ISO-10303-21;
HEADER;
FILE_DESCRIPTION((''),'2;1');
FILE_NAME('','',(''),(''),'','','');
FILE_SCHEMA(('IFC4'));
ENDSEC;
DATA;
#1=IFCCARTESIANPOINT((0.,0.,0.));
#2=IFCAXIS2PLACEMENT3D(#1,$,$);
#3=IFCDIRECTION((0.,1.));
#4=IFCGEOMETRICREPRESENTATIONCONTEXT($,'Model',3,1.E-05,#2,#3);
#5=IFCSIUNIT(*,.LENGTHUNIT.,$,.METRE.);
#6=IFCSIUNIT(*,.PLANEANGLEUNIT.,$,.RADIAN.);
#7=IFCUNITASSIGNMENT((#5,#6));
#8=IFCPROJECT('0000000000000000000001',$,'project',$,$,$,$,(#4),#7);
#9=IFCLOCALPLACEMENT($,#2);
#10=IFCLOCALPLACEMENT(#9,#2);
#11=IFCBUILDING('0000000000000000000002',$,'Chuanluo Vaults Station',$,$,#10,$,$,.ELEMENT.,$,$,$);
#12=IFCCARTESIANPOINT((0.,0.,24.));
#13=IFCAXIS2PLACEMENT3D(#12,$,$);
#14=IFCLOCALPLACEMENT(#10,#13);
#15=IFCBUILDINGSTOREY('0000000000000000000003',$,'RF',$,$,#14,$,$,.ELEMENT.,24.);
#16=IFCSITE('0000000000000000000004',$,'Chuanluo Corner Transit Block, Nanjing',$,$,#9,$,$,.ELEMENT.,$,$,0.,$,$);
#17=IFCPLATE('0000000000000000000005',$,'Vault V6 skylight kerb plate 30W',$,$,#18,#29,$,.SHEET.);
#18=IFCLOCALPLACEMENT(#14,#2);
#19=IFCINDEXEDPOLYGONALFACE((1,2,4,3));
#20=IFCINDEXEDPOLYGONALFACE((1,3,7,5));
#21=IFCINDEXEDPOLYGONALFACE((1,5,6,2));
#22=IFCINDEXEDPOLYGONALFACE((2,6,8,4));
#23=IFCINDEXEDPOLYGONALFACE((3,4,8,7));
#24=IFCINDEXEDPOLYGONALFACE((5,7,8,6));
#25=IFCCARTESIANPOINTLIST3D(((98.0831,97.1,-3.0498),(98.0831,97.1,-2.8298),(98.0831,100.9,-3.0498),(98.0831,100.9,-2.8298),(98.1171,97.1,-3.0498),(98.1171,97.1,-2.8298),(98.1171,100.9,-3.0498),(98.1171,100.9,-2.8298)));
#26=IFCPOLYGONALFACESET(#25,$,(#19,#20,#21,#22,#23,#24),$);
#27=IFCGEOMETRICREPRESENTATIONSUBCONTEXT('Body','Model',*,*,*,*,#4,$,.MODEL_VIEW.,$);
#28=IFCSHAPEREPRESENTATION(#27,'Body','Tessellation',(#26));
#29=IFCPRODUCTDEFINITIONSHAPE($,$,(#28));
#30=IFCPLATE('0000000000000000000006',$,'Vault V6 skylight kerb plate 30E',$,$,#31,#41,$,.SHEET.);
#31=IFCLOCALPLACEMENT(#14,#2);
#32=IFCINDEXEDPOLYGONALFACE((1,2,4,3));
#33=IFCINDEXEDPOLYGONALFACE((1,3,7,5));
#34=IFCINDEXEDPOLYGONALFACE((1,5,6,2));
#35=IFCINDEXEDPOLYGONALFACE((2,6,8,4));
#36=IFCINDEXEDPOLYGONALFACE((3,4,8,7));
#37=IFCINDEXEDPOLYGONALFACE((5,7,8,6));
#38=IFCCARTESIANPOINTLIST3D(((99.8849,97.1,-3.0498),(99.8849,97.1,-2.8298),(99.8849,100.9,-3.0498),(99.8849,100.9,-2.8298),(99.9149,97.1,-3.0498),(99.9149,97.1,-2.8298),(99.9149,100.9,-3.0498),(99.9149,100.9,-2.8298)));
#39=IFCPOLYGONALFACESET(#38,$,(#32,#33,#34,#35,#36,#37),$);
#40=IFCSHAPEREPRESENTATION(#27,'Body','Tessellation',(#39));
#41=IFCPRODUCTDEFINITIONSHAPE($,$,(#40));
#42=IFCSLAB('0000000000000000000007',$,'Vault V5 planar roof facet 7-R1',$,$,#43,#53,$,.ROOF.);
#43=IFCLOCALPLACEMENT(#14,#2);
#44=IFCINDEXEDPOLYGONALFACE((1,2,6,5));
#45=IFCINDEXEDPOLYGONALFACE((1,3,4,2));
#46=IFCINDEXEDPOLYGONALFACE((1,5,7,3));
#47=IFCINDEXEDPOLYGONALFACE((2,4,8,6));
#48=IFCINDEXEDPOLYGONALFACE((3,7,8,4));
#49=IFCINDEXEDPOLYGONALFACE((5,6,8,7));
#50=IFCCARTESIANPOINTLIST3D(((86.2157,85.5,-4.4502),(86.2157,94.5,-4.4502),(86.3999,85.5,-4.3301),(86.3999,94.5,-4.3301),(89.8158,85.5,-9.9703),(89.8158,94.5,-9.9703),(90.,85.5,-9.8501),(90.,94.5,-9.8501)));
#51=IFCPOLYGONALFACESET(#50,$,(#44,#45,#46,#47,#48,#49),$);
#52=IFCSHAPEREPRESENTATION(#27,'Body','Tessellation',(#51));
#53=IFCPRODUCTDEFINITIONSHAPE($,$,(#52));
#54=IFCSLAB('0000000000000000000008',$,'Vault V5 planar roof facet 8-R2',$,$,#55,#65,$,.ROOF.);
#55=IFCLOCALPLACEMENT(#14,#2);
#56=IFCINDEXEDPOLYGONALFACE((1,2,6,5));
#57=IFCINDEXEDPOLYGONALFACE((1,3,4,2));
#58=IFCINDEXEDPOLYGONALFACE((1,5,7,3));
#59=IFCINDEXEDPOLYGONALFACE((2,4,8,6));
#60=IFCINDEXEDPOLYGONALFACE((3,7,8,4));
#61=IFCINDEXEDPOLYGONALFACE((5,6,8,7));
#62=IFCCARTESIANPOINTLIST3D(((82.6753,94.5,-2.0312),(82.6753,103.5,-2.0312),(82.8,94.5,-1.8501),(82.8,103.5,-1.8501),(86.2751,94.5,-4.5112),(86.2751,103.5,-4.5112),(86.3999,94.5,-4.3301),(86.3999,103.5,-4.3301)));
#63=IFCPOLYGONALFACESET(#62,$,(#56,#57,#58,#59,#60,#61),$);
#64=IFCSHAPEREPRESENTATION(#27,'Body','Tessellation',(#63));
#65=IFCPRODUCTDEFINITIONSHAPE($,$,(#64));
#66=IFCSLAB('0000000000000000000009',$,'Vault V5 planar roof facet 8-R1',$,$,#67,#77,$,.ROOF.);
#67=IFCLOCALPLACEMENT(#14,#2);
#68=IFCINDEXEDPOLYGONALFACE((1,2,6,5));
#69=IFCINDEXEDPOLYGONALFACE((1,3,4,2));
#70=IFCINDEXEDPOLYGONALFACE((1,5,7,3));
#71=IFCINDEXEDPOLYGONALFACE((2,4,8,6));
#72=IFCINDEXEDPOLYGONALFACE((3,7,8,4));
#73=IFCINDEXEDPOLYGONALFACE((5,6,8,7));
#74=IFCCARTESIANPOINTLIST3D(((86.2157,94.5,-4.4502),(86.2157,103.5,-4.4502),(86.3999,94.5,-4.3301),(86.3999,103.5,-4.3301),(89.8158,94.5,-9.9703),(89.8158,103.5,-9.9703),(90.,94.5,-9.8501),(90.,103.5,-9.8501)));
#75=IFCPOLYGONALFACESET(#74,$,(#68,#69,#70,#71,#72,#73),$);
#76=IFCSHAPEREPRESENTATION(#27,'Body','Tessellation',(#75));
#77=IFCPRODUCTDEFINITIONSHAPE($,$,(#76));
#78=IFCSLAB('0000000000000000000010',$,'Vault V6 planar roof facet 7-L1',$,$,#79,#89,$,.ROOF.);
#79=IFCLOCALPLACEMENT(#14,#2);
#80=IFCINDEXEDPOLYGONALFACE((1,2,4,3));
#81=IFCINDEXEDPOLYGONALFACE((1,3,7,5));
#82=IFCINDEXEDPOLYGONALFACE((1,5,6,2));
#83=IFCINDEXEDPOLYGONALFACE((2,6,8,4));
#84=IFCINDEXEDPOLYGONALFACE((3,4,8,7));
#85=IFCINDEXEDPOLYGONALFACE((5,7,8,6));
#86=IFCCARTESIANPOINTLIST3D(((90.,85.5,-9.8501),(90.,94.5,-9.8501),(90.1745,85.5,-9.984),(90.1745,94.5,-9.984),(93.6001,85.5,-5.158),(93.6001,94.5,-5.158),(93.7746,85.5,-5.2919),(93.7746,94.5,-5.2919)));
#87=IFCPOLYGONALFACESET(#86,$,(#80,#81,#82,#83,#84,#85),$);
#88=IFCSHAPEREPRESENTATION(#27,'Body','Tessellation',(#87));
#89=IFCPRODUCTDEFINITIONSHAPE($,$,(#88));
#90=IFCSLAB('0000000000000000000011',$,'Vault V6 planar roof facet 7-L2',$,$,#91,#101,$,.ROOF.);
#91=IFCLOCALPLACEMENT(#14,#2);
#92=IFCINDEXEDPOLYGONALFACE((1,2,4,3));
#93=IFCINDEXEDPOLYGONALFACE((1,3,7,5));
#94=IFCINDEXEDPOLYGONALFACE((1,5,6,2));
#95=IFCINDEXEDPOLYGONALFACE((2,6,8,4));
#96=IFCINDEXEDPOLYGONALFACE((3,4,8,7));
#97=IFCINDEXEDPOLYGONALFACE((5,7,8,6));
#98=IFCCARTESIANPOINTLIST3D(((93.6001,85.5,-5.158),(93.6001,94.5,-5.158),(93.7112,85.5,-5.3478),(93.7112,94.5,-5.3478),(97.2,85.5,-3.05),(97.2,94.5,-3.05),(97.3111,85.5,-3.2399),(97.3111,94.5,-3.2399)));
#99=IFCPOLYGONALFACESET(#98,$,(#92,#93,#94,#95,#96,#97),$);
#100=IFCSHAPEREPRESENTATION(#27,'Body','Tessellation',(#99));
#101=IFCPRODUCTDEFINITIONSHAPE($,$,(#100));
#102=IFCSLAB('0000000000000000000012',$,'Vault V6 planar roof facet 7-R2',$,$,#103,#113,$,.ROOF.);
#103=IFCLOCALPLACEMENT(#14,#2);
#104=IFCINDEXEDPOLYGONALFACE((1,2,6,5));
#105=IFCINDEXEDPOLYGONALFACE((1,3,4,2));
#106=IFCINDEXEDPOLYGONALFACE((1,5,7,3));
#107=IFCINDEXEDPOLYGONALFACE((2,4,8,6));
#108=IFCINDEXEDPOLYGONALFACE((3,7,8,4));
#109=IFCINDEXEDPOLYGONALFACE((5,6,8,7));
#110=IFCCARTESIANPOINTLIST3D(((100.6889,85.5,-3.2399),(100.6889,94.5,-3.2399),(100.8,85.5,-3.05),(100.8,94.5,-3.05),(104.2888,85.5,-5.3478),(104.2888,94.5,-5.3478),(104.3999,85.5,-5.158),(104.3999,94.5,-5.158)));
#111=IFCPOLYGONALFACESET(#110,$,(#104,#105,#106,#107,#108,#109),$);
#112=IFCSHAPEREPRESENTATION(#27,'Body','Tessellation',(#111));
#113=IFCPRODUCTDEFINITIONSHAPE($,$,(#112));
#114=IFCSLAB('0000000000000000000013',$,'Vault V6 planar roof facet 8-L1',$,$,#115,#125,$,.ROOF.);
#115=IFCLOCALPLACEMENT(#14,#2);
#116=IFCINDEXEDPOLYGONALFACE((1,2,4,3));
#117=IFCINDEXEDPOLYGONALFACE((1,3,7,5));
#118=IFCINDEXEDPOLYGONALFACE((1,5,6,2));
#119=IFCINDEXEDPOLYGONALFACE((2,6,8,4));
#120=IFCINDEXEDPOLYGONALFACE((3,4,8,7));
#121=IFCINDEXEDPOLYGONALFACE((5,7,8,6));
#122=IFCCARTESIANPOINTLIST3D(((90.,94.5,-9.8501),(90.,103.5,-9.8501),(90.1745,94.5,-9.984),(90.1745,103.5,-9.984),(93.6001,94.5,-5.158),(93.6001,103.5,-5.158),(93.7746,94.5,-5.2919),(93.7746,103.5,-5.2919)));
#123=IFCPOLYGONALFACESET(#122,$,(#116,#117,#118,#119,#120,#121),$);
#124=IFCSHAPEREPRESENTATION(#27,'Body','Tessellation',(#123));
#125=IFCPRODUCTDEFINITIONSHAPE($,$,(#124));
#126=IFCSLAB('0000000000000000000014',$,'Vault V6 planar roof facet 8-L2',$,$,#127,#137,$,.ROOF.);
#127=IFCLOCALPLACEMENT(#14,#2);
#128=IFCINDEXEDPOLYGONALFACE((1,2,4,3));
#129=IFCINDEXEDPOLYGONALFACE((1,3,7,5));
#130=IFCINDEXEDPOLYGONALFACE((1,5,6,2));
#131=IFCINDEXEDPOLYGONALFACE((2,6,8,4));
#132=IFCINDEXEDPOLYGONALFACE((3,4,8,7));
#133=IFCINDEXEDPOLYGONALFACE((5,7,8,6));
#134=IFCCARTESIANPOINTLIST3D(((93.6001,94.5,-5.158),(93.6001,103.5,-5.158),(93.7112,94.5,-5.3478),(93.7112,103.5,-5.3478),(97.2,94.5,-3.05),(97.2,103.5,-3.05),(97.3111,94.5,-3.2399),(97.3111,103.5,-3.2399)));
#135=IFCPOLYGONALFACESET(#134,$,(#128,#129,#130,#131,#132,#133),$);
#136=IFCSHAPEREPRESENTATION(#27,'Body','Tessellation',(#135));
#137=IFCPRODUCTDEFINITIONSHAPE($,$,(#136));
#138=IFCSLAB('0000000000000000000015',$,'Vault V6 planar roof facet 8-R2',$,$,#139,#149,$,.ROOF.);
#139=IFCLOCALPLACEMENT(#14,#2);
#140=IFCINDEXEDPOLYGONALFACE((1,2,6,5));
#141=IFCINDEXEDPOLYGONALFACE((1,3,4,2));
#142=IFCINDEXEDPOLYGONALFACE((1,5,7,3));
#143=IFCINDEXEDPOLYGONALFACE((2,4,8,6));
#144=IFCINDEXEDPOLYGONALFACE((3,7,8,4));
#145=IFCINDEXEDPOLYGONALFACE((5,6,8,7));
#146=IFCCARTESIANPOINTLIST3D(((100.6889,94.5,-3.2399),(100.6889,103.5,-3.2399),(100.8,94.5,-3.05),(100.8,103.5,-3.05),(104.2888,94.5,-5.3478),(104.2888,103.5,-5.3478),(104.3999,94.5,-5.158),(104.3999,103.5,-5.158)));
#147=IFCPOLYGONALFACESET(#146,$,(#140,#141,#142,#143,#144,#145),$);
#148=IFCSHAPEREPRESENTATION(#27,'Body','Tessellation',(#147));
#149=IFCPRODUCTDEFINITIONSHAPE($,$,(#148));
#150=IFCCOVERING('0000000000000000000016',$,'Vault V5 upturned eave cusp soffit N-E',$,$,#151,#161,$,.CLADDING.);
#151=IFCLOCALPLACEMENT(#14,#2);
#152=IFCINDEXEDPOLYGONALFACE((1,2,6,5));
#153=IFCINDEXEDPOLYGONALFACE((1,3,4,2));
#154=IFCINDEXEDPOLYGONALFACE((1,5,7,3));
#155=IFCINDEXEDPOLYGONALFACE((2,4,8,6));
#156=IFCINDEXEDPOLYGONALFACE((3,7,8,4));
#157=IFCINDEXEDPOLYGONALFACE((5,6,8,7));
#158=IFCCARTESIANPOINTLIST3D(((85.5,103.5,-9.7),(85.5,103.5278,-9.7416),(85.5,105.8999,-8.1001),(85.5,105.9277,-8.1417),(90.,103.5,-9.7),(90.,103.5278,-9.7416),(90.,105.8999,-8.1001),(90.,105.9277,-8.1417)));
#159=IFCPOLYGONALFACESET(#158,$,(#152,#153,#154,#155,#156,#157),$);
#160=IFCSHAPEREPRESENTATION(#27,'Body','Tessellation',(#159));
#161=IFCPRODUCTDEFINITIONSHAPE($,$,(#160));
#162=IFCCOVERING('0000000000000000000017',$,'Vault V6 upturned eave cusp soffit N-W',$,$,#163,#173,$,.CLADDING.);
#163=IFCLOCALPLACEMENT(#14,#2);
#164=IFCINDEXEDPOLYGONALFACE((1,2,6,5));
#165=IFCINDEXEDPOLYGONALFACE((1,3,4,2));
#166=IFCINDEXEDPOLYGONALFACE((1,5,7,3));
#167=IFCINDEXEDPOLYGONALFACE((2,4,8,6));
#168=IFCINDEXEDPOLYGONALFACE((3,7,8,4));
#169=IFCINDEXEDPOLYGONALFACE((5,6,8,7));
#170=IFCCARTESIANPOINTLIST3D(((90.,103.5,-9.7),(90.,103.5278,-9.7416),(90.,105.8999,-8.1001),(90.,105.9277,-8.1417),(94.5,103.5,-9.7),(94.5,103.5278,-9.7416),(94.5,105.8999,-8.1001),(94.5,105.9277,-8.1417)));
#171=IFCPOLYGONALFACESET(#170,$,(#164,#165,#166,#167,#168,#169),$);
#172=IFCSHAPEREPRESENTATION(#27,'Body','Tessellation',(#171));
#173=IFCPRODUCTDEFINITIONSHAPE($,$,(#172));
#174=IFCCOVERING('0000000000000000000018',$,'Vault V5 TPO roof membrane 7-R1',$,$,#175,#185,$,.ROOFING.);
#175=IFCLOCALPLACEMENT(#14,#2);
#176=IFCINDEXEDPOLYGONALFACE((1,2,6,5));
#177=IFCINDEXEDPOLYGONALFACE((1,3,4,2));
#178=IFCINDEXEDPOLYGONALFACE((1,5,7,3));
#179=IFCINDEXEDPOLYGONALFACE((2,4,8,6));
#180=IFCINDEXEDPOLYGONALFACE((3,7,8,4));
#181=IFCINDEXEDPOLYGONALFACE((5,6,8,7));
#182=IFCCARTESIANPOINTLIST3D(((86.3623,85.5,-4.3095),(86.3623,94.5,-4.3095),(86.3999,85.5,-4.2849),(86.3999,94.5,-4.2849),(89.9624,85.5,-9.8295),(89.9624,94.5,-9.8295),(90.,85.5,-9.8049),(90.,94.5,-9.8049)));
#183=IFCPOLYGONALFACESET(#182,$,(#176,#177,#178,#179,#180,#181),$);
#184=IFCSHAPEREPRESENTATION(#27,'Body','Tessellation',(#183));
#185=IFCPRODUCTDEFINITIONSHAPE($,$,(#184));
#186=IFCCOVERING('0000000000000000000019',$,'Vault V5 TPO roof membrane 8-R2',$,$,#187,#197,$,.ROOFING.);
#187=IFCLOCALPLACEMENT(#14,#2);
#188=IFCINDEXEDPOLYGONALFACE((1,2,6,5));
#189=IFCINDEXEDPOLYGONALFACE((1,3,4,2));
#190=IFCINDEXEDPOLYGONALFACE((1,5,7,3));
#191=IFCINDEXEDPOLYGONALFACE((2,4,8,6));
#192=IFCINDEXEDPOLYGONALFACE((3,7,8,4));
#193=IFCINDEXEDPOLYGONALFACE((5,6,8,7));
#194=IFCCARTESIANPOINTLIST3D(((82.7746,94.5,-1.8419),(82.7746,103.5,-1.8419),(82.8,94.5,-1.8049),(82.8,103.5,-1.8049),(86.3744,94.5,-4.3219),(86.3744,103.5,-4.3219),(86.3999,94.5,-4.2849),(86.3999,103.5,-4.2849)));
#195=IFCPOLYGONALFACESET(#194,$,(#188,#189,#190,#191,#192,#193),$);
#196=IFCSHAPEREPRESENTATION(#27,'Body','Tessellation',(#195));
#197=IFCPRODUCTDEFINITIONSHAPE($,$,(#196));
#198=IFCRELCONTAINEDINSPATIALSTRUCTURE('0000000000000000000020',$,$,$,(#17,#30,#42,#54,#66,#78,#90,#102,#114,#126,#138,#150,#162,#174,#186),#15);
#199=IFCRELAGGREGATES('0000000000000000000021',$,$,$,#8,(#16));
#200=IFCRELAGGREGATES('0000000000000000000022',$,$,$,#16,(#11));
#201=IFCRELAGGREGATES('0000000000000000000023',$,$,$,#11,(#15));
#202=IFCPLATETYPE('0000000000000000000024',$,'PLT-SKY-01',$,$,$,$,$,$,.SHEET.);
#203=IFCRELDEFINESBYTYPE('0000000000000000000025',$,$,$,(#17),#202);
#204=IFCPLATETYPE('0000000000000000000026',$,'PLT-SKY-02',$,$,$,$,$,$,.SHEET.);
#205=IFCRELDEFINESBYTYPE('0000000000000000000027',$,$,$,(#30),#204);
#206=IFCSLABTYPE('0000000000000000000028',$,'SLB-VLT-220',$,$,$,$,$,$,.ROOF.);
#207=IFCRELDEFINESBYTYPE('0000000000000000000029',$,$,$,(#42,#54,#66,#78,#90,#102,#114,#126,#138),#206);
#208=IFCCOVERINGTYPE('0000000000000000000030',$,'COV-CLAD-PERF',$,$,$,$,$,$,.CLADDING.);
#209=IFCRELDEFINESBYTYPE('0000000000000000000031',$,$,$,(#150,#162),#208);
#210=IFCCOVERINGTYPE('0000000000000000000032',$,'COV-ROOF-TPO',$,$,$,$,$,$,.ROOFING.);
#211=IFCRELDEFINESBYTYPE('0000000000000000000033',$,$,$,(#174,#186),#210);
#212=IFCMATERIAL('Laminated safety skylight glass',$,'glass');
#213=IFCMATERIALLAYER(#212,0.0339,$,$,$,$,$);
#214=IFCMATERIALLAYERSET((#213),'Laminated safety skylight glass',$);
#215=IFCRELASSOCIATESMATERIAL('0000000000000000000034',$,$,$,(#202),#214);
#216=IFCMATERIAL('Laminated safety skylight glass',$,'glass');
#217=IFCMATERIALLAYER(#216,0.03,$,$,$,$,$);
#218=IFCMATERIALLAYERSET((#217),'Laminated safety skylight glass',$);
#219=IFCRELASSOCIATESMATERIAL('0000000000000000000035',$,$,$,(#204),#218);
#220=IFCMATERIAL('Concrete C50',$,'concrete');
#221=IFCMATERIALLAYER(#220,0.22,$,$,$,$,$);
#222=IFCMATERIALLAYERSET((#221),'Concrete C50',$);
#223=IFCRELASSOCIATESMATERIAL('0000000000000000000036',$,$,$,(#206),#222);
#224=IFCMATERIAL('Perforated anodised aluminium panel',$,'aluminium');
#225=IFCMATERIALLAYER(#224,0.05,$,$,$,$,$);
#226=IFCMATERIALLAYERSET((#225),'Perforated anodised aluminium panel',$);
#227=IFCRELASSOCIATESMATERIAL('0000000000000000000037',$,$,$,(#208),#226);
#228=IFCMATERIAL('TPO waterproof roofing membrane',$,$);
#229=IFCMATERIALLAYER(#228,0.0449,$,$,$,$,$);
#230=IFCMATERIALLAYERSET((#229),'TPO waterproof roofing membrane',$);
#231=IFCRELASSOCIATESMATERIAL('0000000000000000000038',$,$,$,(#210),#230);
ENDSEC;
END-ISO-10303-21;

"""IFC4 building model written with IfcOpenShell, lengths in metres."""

from ifc_helpers import new_model, si_unit, direction, frame, origin, origin_2d, place, context, subcontext, project, spatial, polyline, rectangle, outline, extrude, material, layer, layer_set, type_object, element, save


model = new_model("IFC4")

# Units and contexts
model_context = context("Model", 3, precision=1e-05, world=origin(), true_north=direction((0.0, 1.0)))
body_context = subcontext(model_context, "Body", "Model", "MODEL_VIEW")
ifc_project = project(units=[si_unit("LENGTHUNIT", "METRE"), si_unit("PLANEANGLEUNIT", "RADIAN")], contexts=[model_context])

# Site, building, storey
site_placement = place(None, origin())
site = spatial("IfcSite", under=ifc_project, at=site_placement, Name="Chuanluo Corner Transit Block, Nanjing", CompositionType="ELEMENT", RefElevation=0.0)
building_placement = place(site_placement, origin())
building = spatial("IfcBuilding", under=site, at=building_placement, Name="Chuanluo Vaults Station", CompositionType="ELEMENT")
storey_placement = place(building_placement, frame((0.0, 0.0, 24.0)))
storey = spatial("IfcBuildingStorey", under=building, at=storey_placement, Name="RF", CompositionType="ELEMENT", Elevation=24.0)

# Plates
ifc_material_1 = material(Name="Laminated safety skylight glass", Category="glass")
ifc_layer_1 = layer(ifc_material_1, 0.0339)
ifc_layer_set_1 = layer_set([ifc_layer_1], Name="Laminated safety skylight glass")
plate_type_1 = type_object("IfcPlateType", Name="PLT-SKY-01", PredefinedType="SHEET", material=ifc_layer_set_1)
plate_1_placement = place(storey_placement, frame((98.1001, 99.0, -3.0498), z_axis=(0.0, 0.0, 1.0), x_axis=(1.0, 0.0, 0.0)))
element("IfcPlate", 1, at=plate_1_placement, inside=storey, type_object=plate_type_1, Name="Vault V6 skylight kerb plate 30W", PredefinedType="SHEET", context=body_context, shape_type="SweptSolid", body=[
    extrude(rectangle(XDim=0.0339, YDim=3.8, at=origin_2d()), origin(), (0.0, 0.0, 1.0), 0.22),
])
ifc_material_2 = material(Name="Laminated safety skylight glass", Category="glass")
ifc_layer_2 = layer(ifc_material_2, 0.03)
ifc_layer_set_2 = layer_set([ifc_layer_2], Name="Laminated safety skylight glass")
plate_type_2 = type_object("IfcPlateType", Name="PLT-SKY-02", PredefinedType="SHEET", material=ifc_layer_set_2)
plate_2_placement = place(storey_placement, frame((99.8999, 99.0, -3.0498), z_axis=(0.0, 0.0, 1.0), x_axis=(1.0, 0.0, 0.0)))
element("IfcPlate", 2, at=plate_2_placement, inside=storey, type_object=plate_type_2, Name="Vault V6 skylight kerb plate 30E", PredefinedType="SHEET", context=body_context, shape_type="SweptSolid", body=[
    extrude(rectangle(XDim=0.03, YDim=3.8, at=origin_2d()), origin(), (0.0, 0.0, 1.0), 0.22),
])

# Slabs
ifc_material_3 = material(Name="Concrete C50", Category="concrete")
ifc_layer_3 = layer(ifc_material_3, 0.22)
ifc_layer_set_3 = layer_set([ifc_layer_3], Name="Concrete C50")
slab_type = type_object("IfcSlabType", Name="SLB-VLT-220", PredefinedType="ROOF", material=ifc_layer_set_3)
slab_1_placement = place(storey_placement, frame((86.3999, 85.5, -4.3301), z_axis=(0.837605, 0.0, 0.546277), x_axis=(0.546277, 0.0, -0.837605)))
element("IfcSlab", 3, at=slab_1_placement, inside=storey, type_object=slab_type, Name="Vault V5 planar roof facet 7-R1", PredefinedType="ROOF", context=body_context, shape_type="SweptSolid", body=[
    extrude(outline(polyline([(0.0, 0.0), (6.5902, 0.0), (6.5902, 9.0), (0.0, 9.0), (0.0, 0.0)])), origin(), (0.0, 0.0, -1.0), 0.22),
])
slab_2_placement = place(storey_placement, frame((82.8, 94.5, -1.8501), z_axis=(0.567318, 0.0, 0.823499), x_axis=(0.823499, 0.0, -0.567318)))
element("IfcSlab", 4, at=slab_2_placement, inside=storey, type_object=slab_type, Name="Vault V5 planar roof facet 8-R2", PredefinedType="ROOF", context=body_context, shape_type="SweptSolid", body=[
    extrude(outline(polyline([(0.0, 0.0), (4.3714, 0.0), (4.3714, 9.0), (0.0, 9.0), (0.0, 0.0)])), origin(), (0.0, 0.0, -1.0), 0.22),
])
slab_3_placement = place(storey_placement, frame((86.3999, 94.5, -4.3301), z_axis=(0.837605, 0.0, 0.546277), x_axis=(0.546277, 0.0, -0.837605)))
element("IfcSlab", 5, at=slab_3_placement, inside=storey, type_object=slab_type, Name="Vault V5 planar roof facet 8-R1", PredefinedType="ROOF", context=body_context, shape_type="SweptSolid", body=[
    extrude(outline(polyline([(0.0, 0.0), (6.5902, 0.0), (6.5902, 9.0), (0.0, 9.0), (0.0, 0.0)])), origin(), (0.0, 0.0, -1.0), 0.22),
])
slab_4_placement = place(storey_placement, frame((90.0, 85.5, -9.8501), z_axis=(-0.793378, 0.0, 0.608729), x_axis=(0.608729, 0.0, 0.793378)))
element("IfcSlab", 6, at=slab_4_placement, inside=storey, type_object=slab_type, Name="Vault V6 planar roof facet 7-L1", PredefinedType="ROOF", context=body_context, shape_type="SweptSolid", body=[
    extrude(outline(polyline([(0.0, 0.0), (5.9141, 0.0), (5.9141, 9.0), (0.0, 9.0), (0.0, 0.0)])), origin(), (0.0, 0.0, -1.0), 0.22),
])
for number, where, z_axis, x_axis, name in (
    (7, (93.6001, 85.5, -5.158), (-0.5053, 0.0, 0.862944), (0.862944, 0.0, 0.5053), "Vault V6 planar roof facet 7-L2"),
    (8, (100.8, 85.5, -3.05), (0.5053, 0.0, 0.862944), (0.862944, 0.0, -0.5053), "Vault V6 planar roof facet 7-R2"),
):
    element("IfcSlab", number, at=place(storey_placement, frame(where, z_axis=z_axis, x_axis=x_axis)), inside=storey, type_object=slab_type, Name=name, PredefinedType="ROOF", context=body_context, shape_type="SweptSolid", body=[
        extrude(outline(polyline([(0.0, 0.0), (4.1716, 0.0), (4.1716, 9.0), (0.0, 9.0), (0.0, 0.0)])), origin(), (0.0, 0.0, -1.0), 0.22),
    ])
slab_5_placement = place(storey_placement, frame((90.0, 94.5, -9.8501), z_axis=(-0.793378, 0.0, 0.608729), x_axis=(0.608729, 0.0, 0.793378)))
element("IfcSlab", 9, at=slab_5_placement, inside=storey, type_object=slab_type, Name="Vault V6 planar roof facet 8-L1", PredefinedType="ROOF", context=body_context, shape_type="SweptSolid", body=[
    extrude(outline(polyline([(0.0, 0.0), (5.9141, 0.0), (5.9141, 9.0), (0.0, 9.0), (0.0, 0.0)])), origin(), (0.0, 0.0, -1.0), 0.22),
])
for number, where, z_axis, x_axis, name in (
    (10, (93.6001, 94.5, -5.158), (-0.5053, 0.0, 0.862944), (0.862944, 0.0, 0.5053), "Vault V6 planar roof facet 8-L2"),
    (11, (100.8, 94.5, -3.05), (0.5053, 0.0, 0.862944), (0.862944, 0.0, -0.5053), "Vault V6 planar roof facet 8-R2"),
):
    element("IfcSlab", number, at=place(storey_placement, frame(where, z_axis=z_axis, x_axis=x_axis)), inside=storey, type_object=slab_type, Name=name, PredefinedType="ROOF", context=body_context, shape_type="SweptSolid", body=[
        extrude(outline(polyline([(0.0, 0.0), (4.1716, 0.0), (4.1716, 9.0), (0.0, 9.0), (0.0, 0.0)])), origin(), (0.0, 0.0, -1.0), 0.22),
    ])

# Coverings
ifc_material_4 = material(Name="Perforated anodised aluminium panel", Category="aluminium")
ifc_layer_4 = layer(ifc_material_4, 0.05)
ifc_layer_set_4 = layer_set([ifc_layer_4], Name="Perforated anodised aluminium panel")
covering_type_1 = type_object("IfcCoveringType", Name="COV-CLAD-PERF", PredefinedType="CLADDING", material=ifc_layer_set_4)
for number, where, z_axis, x_axis, name in (
    (12, (85.5, 103.5, -9.7), (0.0, -0.554681, 0.832063), (1.0, 0.0, 0.0), "Vault V5 upturned eave cusp soffit N-E"),
    (13, (90.0, 103.5, -9.7), (0.0, -0.554681, 0.832063), (1.0, 0.0, 0.0), "Vault V6 upturned eave cusp soffit N-W"),
):
    element("IfcCovering", number, at=place(storey_placement, frame(where, z_axis=z_axis, x_axis=x_axis)), inside=storey, type_object=covering_type_1, Name=name, PredefinedType="CLADDING", context=body_context, shape_type="SweptSolid", body=[
        extrude(outline(polyline([(0.0, 0.0), (4.5, 0.0), (4.5, 2.8843), (0.0, 2.8843), (0.0, 0.0)])), origin(), (0.0, 0.0, -1.0), 0.05),
    ])
ifc_material_5 = material(Name="TPO waterproof roofing membrane")
ifc_layer_5 = layer(ifc_material_5, 0.0449)
ifc_layer_set_5 = layer_set([ifc_layer_5], Name="TPO waterproof roofing membrane")
covering_type_2 = type_object("IfcCoveringType", Name="COV-ROOF-TPO", PredefinedType="ROOFING", material=ifc_layer_set_5)
covering_1_placement = place(storey_placement, frame((86.3999, 85.5, -4.2849), z_axis=(0.837605, 0.0, 0.546277), x_axis=(0.546277, 0.0, -0.837605)))
element("IfcCovering", 14, at=covering_1_placement, inside=storey, type_object=covering_type_2, Name="Vault V5 TPO roof membrane 7-R1", PredefinedType="ROOFING", context=body_context, shape_type="SweptSolid", body=[
    extrude(outline(polyline([(0.0, 0.0), (6.5902, 0.0), (6.5902, 9.0), (0.0, 9.0), (0.0, 0.0)])), origin(), (0.0, 0.0, -1.0), 0.0449),
])
covering_2_placement = place(storey_placement, frame((82.8, 94.5, -1.8049), z_axis=(0.567318, 0.0, 0.823499), x_axis=(0.823499, 0.0, -0.567318)))
element("IfcCovering", 15, at=covering_2_placement, inside=storey, type_object=covering_type_2, Name="Vault V5 TPO roof membrane 8-R2", PredefinedType="ROOFING", context=body_context, shape_type="SweptSolid", body=[
    extrude(outline(polyline([(0.0, 0.0), (4.3714, 0.0), (4.3714, 9.0), (0.0, 9.0), (0.0, 0.0)])), origin(), (0.0, 0.0, -1.0), 0.0449),
])

save(model, "model.ifc")
